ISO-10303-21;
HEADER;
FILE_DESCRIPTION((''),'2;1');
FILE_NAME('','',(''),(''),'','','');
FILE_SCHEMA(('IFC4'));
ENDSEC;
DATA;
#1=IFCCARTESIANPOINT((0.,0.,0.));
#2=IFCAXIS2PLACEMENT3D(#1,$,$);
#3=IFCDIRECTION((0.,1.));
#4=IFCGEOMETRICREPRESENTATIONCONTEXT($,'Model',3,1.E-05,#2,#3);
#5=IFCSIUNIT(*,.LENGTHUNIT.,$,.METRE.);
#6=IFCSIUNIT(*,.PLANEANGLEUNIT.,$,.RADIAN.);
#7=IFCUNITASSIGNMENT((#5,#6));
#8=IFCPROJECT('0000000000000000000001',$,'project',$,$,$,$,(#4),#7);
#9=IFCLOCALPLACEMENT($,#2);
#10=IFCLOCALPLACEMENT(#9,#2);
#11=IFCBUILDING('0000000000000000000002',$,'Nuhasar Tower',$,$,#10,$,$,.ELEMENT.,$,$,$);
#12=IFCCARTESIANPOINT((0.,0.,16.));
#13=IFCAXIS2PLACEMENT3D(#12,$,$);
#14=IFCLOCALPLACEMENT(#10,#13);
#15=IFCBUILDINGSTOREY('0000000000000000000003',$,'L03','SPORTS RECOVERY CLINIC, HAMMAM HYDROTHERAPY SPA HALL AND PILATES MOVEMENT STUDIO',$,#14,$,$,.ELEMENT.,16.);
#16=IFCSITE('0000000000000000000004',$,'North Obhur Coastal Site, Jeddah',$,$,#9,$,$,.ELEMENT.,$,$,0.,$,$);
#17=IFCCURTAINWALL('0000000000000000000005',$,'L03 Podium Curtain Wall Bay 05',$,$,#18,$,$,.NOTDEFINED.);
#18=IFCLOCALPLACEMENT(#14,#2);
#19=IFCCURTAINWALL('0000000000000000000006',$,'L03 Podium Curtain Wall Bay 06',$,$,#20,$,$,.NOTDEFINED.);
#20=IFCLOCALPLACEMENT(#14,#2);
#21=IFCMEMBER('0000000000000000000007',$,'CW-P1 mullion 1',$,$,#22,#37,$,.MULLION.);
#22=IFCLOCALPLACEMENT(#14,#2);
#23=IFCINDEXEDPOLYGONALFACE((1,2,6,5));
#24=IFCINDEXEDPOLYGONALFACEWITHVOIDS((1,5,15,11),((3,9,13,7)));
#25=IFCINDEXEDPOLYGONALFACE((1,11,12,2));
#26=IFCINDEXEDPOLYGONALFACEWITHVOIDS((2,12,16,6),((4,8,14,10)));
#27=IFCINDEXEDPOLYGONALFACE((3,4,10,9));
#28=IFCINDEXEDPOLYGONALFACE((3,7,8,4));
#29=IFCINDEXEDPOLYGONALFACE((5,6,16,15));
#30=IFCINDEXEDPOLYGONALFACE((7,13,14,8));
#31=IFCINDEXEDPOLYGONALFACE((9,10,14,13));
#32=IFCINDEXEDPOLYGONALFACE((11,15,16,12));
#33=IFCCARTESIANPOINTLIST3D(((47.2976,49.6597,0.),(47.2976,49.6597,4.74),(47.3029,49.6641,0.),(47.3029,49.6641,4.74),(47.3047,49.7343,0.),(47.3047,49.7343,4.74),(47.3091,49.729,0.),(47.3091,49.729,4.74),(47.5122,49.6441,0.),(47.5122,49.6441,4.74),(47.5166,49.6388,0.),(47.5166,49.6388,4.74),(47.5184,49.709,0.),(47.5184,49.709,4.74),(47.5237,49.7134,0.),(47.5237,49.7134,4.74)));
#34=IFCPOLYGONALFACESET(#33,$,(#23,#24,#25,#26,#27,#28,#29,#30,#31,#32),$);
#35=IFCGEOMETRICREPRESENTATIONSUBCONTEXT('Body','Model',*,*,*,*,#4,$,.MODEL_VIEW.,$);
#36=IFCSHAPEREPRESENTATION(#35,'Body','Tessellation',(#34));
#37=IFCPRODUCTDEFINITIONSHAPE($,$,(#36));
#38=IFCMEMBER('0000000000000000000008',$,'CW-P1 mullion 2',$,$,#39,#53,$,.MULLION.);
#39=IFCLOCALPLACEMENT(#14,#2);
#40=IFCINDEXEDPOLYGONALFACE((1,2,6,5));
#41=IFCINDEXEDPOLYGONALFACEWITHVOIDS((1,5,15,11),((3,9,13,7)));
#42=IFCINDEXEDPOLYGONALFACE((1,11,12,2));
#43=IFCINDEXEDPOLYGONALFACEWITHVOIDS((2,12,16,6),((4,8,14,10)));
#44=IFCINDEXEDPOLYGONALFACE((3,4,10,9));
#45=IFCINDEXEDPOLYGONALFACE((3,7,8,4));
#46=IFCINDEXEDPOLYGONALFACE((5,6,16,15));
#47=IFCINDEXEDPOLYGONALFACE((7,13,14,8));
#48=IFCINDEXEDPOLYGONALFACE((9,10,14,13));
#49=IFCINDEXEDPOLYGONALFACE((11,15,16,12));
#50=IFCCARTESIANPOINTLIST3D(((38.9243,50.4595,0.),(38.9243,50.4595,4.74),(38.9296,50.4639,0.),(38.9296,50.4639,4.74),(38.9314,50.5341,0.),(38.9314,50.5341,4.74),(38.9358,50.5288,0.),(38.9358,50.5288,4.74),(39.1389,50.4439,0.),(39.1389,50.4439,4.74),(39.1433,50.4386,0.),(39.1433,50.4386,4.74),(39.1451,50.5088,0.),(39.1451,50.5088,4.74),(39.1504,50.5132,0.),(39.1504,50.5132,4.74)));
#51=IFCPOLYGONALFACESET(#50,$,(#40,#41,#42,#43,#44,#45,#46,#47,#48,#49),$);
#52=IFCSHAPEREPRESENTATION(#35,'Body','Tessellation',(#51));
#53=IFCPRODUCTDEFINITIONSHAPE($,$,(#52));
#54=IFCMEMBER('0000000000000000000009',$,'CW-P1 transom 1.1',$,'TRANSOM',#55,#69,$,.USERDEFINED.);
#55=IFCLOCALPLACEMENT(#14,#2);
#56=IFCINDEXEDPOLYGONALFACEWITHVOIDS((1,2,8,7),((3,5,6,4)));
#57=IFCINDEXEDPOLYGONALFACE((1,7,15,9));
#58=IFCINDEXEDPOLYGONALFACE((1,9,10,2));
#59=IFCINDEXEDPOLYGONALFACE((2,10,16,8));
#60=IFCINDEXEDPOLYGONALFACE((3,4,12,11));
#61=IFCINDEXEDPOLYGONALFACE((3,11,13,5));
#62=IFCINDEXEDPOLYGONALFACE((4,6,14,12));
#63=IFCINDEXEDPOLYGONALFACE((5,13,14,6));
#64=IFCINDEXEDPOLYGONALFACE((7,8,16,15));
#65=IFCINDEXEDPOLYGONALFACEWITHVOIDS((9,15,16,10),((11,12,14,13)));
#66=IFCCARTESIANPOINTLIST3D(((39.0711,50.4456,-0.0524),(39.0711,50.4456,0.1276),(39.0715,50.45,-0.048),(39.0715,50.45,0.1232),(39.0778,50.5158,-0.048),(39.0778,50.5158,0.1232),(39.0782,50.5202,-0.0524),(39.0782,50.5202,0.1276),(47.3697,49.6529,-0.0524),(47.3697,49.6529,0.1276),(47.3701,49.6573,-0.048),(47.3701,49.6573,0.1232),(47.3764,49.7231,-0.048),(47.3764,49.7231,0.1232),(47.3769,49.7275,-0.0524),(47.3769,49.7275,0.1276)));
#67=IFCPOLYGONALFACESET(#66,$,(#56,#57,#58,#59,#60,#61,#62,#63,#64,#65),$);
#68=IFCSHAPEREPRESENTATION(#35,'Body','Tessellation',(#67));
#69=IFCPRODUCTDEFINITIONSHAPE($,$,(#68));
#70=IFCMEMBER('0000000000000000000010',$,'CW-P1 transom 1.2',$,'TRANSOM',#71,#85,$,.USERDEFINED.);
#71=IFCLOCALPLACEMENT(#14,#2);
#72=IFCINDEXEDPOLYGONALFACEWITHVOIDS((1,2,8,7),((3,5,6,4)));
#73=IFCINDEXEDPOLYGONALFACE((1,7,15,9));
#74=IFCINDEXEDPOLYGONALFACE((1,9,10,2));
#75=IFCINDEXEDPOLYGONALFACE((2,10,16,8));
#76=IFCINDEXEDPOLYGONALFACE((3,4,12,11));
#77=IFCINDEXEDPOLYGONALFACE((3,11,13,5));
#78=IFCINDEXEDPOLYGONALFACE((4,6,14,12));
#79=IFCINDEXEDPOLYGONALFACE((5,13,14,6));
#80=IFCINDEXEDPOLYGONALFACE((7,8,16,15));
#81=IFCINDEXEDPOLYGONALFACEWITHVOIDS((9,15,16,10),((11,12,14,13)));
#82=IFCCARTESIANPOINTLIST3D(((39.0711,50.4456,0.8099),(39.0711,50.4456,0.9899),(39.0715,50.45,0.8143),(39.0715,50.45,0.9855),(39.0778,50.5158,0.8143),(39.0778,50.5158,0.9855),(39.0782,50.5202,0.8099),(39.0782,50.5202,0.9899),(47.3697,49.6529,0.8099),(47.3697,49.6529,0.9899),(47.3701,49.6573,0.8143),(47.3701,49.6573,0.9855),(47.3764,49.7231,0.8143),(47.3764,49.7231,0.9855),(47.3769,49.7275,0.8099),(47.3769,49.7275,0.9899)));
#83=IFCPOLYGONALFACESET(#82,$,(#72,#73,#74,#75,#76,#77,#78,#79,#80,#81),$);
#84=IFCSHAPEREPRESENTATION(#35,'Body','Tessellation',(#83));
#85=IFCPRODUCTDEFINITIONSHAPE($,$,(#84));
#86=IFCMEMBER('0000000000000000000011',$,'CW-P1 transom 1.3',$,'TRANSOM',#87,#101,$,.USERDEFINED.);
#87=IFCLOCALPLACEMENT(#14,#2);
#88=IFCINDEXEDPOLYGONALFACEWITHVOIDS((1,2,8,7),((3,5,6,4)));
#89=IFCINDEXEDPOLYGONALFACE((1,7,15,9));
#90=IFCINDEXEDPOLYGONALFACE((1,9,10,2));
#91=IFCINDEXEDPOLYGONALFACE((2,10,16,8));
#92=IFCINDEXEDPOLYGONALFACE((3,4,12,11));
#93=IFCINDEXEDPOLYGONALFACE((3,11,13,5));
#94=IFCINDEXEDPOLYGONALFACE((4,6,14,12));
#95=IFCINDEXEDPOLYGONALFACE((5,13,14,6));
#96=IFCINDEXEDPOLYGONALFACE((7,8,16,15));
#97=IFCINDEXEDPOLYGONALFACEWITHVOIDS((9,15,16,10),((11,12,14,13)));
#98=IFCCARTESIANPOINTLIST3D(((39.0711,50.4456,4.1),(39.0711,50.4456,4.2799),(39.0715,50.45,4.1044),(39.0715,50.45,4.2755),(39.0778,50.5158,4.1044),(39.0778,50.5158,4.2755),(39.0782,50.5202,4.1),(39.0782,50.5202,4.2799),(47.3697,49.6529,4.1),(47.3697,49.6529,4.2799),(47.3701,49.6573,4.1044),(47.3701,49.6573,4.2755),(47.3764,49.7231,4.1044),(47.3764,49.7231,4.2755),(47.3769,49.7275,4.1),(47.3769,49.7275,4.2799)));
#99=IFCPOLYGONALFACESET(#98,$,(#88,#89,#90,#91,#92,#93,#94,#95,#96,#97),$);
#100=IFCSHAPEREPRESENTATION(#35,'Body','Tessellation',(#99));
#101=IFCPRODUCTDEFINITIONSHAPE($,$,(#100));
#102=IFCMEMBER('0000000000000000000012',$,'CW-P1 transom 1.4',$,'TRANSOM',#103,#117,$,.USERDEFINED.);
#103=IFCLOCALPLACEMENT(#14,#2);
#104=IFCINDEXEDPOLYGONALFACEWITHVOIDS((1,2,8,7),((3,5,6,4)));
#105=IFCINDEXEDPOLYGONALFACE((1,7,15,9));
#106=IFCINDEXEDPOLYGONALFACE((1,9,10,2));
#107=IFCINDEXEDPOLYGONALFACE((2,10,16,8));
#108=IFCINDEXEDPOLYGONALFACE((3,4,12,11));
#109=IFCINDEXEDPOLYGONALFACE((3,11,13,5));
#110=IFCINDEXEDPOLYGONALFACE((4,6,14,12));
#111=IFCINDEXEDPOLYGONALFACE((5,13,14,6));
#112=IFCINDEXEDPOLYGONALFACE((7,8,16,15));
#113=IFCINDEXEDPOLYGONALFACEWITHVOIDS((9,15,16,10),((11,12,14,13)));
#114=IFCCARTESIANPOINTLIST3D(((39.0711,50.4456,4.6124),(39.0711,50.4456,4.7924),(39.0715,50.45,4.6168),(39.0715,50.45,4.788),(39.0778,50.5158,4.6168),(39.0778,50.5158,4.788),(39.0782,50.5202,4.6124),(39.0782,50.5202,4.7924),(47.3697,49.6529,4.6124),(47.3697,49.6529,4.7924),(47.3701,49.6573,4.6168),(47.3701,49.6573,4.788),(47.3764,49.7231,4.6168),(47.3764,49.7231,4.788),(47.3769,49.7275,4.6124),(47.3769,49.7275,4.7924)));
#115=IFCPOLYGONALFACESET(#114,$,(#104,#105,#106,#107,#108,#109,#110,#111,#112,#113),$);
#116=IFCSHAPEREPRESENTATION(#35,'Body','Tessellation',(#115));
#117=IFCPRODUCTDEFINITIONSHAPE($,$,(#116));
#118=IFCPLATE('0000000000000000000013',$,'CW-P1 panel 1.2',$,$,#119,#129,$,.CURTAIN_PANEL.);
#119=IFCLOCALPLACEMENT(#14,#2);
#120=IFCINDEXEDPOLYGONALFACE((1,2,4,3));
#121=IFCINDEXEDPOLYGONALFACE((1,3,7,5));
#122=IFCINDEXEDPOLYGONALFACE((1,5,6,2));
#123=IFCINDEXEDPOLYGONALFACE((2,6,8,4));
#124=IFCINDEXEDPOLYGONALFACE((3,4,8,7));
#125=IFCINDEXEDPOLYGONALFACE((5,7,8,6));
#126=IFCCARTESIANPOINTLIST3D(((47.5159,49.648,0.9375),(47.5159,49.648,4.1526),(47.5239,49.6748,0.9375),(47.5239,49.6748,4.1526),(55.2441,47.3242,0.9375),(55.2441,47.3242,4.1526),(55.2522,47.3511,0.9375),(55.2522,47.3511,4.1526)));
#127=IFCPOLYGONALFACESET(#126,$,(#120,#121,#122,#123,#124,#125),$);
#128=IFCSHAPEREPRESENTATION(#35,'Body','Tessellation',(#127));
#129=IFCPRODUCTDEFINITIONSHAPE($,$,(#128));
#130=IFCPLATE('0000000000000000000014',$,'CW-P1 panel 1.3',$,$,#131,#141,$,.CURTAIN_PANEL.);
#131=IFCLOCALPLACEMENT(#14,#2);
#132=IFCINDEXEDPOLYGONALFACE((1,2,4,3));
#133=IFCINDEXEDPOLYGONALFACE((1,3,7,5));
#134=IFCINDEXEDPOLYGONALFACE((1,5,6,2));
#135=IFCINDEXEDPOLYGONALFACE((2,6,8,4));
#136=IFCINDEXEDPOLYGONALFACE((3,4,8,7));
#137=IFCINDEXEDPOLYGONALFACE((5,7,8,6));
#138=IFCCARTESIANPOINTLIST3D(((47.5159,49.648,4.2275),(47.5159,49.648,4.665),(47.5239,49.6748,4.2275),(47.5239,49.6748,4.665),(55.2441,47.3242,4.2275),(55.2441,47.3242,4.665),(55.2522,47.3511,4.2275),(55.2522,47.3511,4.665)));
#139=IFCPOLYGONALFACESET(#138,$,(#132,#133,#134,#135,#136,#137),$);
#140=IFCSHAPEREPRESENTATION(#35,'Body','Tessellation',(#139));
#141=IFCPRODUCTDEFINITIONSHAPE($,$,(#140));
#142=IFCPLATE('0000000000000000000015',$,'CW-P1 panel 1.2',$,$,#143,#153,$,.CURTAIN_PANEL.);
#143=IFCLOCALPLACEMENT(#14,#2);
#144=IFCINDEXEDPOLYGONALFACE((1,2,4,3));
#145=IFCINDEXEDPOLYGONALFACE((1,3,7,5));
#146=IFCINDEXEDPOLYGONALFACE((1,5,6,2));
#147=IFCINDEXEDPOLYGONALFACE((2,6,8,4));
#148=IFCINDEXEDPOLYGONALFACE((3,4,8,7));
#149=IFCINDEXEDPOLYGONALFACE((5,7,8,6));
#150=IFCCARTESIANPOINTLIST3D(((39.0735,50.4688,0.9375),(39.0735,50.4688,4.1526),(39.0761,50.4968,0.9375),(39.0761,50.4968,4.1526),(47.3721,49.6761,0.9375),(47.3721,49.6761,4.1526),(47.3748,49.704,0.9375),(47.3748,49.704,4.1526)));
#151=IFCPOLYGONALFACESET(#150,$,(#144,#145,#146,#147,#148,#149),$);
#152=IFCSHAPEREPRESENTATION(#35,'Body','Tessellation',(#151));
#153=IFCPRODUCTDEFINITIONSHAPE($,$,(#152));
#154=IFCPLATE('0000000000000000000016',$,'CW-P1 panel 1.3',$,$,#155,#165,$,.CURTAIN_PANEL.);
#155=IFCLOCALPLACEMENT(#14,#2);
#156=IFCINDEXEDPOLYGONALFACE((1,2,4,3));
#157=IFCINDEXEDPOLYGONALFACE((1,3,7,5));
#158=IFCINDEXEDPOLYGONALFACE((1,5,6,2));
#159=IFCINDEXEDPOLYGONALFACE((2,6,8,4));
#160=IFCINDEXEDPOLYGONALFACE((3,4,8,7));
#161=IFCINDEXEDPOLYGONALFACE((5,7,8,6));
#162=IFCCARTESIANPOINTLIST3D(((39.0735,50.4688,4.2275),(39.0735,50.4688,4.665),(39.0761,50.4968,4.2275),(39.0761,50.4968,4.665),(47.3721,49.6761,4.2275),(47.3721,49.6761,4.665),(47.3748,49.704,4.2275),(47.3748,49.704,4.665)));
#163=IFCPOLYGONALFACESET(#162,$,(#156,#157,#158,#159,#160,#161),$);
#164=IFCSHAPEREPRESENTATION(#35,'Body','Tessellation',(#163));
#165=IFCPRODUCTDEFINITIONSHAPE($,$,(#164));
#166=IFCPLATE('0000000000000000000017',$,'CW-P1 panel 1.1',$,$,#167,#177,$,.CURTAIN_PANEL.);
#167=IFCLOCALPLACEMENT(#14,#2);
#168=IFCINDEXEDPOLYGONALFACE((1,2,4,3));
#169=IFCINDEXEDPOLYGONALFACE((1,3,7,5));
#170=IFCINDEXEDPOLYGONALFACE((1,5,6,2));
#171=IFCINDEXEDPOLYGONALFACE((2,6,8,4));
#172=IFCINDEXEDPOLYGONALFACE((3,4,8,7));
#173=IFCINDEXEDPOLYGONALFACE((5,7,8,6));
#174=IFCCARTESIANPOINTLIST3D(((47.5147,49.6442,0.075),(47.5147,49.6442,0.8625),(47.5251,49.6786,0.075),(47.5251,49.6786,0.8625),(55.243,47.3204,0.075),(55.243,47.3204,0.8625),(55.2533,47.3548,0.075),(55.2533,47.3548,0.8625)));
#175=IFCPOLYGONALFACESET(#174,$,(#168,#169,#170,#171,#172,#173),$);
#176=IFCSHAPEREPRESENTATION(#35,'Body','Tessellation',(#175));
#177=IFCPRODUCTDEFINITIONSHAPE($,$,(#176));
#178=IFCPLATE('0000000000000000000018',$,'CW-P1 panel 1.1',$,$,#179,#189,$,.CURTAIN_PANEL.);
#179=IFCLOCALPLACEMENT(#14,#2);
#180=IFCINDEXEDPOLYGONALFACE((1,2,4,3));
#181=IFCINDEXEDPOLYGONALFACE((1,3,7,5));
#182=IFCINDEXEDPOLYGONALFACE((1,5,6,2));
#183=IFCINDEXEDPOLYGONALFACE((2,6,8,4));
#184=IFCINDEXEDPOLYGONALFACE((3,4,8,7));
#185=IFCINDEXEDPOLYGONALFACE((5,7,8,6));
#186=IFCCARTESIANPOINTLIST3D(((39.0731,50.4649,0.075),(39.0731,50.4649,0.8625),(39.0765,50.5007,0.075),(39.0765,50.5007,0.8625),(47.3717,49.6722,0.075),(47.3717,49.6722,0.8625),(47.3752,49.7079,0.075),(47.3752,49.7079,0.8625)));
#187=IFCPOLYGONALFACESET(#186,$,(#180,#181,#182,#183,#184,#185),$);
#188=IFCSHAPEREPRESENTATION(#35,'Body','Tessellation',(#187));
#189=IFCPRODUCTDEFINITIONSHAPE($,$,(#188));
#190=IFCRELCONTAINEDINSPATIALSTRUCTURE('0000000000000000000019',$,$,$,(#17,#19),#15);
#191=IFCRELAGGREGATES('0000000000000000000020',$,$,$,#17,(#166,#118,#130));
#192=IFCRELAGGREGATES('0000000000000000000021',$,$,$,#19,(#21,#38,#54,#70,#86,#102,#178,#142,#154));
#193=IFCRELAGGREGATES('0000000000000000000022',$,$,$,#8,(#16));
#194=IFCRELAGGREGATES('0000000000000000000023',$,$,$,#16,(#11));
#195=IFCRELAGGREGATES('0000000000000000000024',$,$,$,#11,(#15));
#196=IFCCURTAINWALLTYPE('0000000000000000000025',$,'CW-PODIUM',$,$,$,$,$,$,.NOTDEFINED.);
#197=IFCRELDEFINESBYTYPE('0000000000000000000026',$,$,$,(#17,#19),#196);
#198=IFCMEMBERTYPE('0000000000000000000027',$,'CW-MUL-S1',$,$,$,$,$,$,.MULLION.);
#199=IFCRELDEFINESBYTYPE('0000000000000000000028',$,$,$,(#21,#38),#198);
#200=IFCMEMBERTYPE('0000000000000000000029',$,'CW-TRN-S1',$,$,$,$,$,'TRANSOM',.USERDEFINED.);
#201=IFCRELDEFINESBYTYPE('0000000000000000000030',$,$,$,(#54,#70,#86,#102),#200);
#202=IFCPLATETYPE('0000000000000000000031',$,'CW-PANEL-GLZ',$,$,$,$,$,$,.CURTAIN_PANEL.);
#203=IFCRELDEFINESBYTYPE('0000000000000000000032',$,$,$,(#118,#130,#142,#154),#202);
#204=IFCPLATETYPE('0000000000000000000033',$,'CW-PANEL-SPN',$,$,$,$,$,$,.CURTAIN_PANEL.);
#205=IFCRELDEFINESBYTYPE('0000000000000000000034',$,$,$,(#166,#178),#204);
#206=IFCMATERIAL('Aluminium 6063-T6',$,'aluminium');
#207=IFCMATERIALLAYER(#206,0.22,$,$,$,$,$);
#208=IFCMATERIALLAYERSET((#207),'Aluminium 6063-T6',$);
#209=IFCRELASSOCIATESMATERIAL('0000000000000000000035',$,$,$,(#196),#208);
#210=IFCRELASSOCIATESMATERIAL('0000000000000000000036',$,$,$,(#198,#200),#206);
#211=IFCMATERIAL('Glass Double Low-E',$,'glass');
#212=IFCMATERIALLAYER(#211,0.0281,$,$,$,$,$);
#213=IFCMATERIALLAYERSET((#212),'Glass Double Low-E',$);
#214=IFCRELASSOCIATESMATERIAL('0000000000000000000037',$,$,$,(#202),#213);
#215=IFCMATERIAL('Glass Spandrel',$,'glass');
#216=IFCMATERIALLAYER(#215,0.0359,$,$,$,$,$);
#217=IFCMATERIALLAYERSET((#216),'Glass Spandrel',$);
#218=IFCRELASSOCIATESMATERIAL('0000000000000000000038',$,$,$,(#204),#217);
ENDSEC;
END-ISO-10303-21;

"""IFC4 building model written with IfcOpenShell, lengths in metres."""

from ifc_helpers import new_model, si_unit, direction, frame, origin, origin_2d, place, context, subcontext, project, spatial, rectangle, hollow_rectangle, extrude, material, layer, layer_set, material_profile, profile_set, type_object, element, aggregate, save


model = new_model("IFC4")

# Units and contexts
model_context = context("Model", 3, precision=1e-05, world=origin(), true_north=direction((0.0, 1.0)))
body_context = subcontext(model_context, "Body", "Model", "MODEL_VIEW")
ifc_project = project(units=[si_unit("LENGTHUNIT", "METRE"), si_unit("PLANEANGLEUNIT", "RADIAN")], contexts=[model_context])

# Site, building, storey
site_placement = place(None, origin())
site = spatial("IfcSite", under=ifc_project, at=site_placement, Name="North Obhur Coastal Site, Jeddah", CompositionType="ELEMENT", RefElevation=0.0)
building_placement = place(site_placement, origin())
building = spatial("IfcBuilding", under=site, at=building_placement, Name="Nuhasar Tower", CompositionType="ELEMENT")
storey_placement = place(building_placement, frame((0.0, 0.0, 16.0)))
storey = spatial("IfcBuildingStorey", under=building, at=storey_placement, Name="L03", Description="SPORTS RECOVERY CLINIC, HAMMAM HYDROTHERAPY SPA HALL AND PILATES MOVEMENT STUDIO", CompositionType="ELEMENT", Elevation=16.0)

# Curtain wall
ifc_material_1 = material(Name="Aluminium 6063-T6", Category="aluminium")
ifc_layer_1 = layer(ifc_material_1, 0.22)
ifc_layer_set_1 = layer_set([ifc_layer_1], Name="Aluminium 6063-T6")
curtain_wall_type = type_object("IfcCurtainWallType", Name="CW-PODIUM", PredefinedType="NOTDEFINED", material=ifc_layer_set_1)
curtain_wall_1_placement = place(storey_placement, origin())
curtain_wall_1 = element("IfcCurtainWall", 1, at=curtain_wall_1_placement, inside=storey, type_object=curtain_wall_type, Name="L03 Podium Curtain Wall Bay 05", PredefinedType="NOTDEFINED")
ifc_material_profile_1 = material_profile(ifc_material_1, hollow_rectangle(XDim=0.075, YDim=0.22, WallThickness=0.0049, at=origin_2d()), Name="CWM-1")
ifc_profile_set_1 = profile_set([ifc_material_profile_1], Name="Aluminium 6063-T6")
member_type_1 = type_object("IfcMemberType", Name="CW-MUL-S1", PredefinedType="MULLION", material=ifc_profile_set_1)

# Curtain wall, members
curtain_wall_2_placement = place(storey_placement, origin())
curtain_wall_2 = element("IfcCurtainWall", 2, at=curtain_wall_2_placement, inside=storey, type_object=curtain_wall_type, Name="L03 Podium Curtain Wall Bay 06", PredefinedType="NOTDEFINED")
member_1_placement = place(storey_placement, frame((47.4106, 49.6865, 0.0), z_axis=(0.0, 0.0, 1.0), x_axis=(-0.095093, -0.995468, 0.0)))
member_1 = element("IfcMember", 3, at=member_1_placement, type_object=member_type_1, Name="CW-P1 mullion 1", PredefinedType="MULLION", context=body_context, shape_type="SweptSolid", body=[
    extrude(hollow_rectangle(XDim=0.075, YDim=0.22, WallThickness=0.0049, at=origin_2d()), origin(), (0.0, 0.0, 1.0), 4.74),
])
member_2_placement = place(storey_placement, frame((39.0374, 50.4863, 0.0), z_axis=(0.0, 0.0, 1.0), x_axis=(-0.095093, -0.995468, 0.0)))
member_2 = element("IfcMember", 4, at=member_2_placement, type_object=member_type_1, Name="CW-P1 mullion 2", PredefinedType="MULLION", context=body_context, shape_type="SweptSolid", body=[
    extrude(hollow_rectangle(XDim=0.075, YDim=0.22, WallThickness=0.0049, at=origin_2d()), origin(), (0.0, 0.0, 1.0), 4.74),
])
ifc_material_profile_2 = material_profile(ifc_material_1, hollow_rectangle(XDim=0.075, YDim=0.1799, WallThickness=0.0044, at=origin_2d()), Name="CWT-1")
ifc_profile_set_2 = profile_set([ifc_material_profile_2], Name="Aluminium 6063-T6")
member_type_2 = type_object("IfcMemberType", Name="CW-TRN-S1", ElementType="TRANSOM", PredefinedType="USERDEFINED", material=ifc_profile_set_2)
member_3_placement = place(storey_placement, frame((47.3733, 49.6902, 0.0376), z_axis=(-0.995468, 0.095092, 0.0), x_axis=(-0.095092, -0.995468, 0.0)))
member_3 = element("IfcMember", 5, at=member_3_placement, type_object=member_type_2, Name="CW-P1 transom 1.1", ObjectType="TRANSOM", PredefinedType="USERDEFINED", context=body_context, shape_type="SweptSolid", body=[
    extrude(hollow_rectangle(XDim=0.075, YDim=0.1799, WallThickness=0.0044, at=origin_2d()), origin(), (0.0, 0.0, 1.0), 8.3364),
])
member_4_placement = place(storey_placement, frame((47.3733, 49.6902, 0.8999), z_axis=(-0.995468, 0.095092, 0.0), x_axis=(-0.095092, -0.995468, 0.0)))
member_4 = element("IfcMember", 6, at=member_4_placement, type_object=member_type_2, Name="CW-P1 transom 1.2", ObjectType="TRANSOM", PredefinedType="USERDEFINED", context=body_context, shape_type="SweptSolid", body=[
    extrude(hollow_rectangle(XDim=0.075, YDim=0.1799, WallThickness=0.0044, at=origin_2d()), origin(), (0.0, 0.0, 1.0), 8.3364),
])
member_5_placement = place(storey_placement, frame((47.3733, 49.6902, 4.1899), z_axis=(-0.995468, 0.095092, 0.0), x_axis=(-0.095092, -0.995468, 0.0)))
member_5 = element("IfcMember", 7, at=member_5_placement, type_object=member_type_2, Name="CW-P1 transom 1.3", ObjectType="TRANSOM", PredefinedType="USERDEFINED", context=body_context, shape_type="SweptSolid", body=[
    extrude(hollow_rectangle(XDim=0.075, YDim=0.1799, WallThickness=0.0044, at=origin_2d()), origin(), (0.0, 0.0, 1.0), 8.3364),
])
member_6_placement = place(storey_placement, frame((47.3733, 49.6902, 4.7024), z_axis=(-0.995468, 0.095092, 0.0), x_axis=(-0.095092, -0.995468, 0.0)))
member_6 = element("IfcMember", 8, at=member_6_placement, type_object=member_type_2, Name="CW-P1 transom 1.4", ObjectType="TRANSOM", PredefinedType="USERDEFINED", context=body_context, shape_type="SweptSolid", body=[
    extrude(hollow_rectangle(XDim=0.075, YDim=0.1799, WallThickness=0.0044, at=origin_2d()), origin(), (0.0, 0.0, 1.0), 8.3364),
])

# Plates
ifc_material_2 = material(Name="Glass Double Low-E", Category="glass")
ifc_layer_2 = layer(ifc_material_2, 0.0281)
ifc_layer_set_2 = layer_set([ifc_layer_2], Name="Glass Double Low-E")
plate_type_1 = type_object("IfcPlateType", Name="CW-PANEL-GLZ", PredefinedType="CURTAIN_PANEL", material=ifc_layer_set_2)
plate_1_placement = place(storey_placement, frame((51.384, 48.4995, 0.9375), z_axis=(0.0, 0.0, 1.0), x_axis=(-0.957645, 0.287951, 0.0)))
plate_1 = element("IfcPlate", 9, at=plate_1_placement, type_object=plate_type_1, Name="CW-P1 panel 1.2", PredefinedType="CURTAIN_PANEL", context=body_context, shape_type="SweptSolid", body=[
    extrude(rectangle(XDim=8.0701, YDim=0.0281, at=origin_2d()), origin(), (0.0, 0.0, 1.0), 3.2151),
])
plate_2_placement = place(storey_placement, frame((51.384, 48.4995, 4.2275), z_axis=(0.0, 0.0, 1.0), x_axis=(-0.957645, 0.287951, 0.0)))
plate_2 = element("IfcPlate", 10, at=plate_2_placement, type_object=plate_type_1, Name="CW-P1 panel 1.3", PredefinedType="CURTAIN_PANEL", context=body_context, shape_type="SweptSolid", body=[
    extrude(rectangle(XDim=8.0701, YDim=0.0281, at=origin_2d()), origin(), (0.0, 0.0, 1.0), 0.4375),
])
plate_3_placement = place(storey_placement, frame((43.2241, 50.0864, 0.9375), z_axis=(0.0, 0.0, 1.0), x_axis=(-0.995468, 0.095093, 0.0)))
plate_3 = element("IfcPlate", 11, at=plate_3_placement, type_object=plate_type_1, Name="CW-P1 panel 1.2", PredefinedType="CURTAIN_PANEL", context=body_context, shape_type="SweptSolid", body=[
    extrude(rectangle(XDim=8.3364, YDim=0.0281, at=origin_2d()), origin(), (0.0, 0.0, 1.0), 3.2151),
])
plate_4_placement = place(storey_placement, frame((43.2241, 50.0864, 4.2275), z_axis=(0.0, 0.0, 1.0), x_axis=(-0.995468, 0.095093, 0.0)))
plate_4 = element("IfcPlate", 12, at=plate_4_placement, type_object=plate_type_1, Name="CW-P1 panel 1.3", PredefinedType="CURTAIN_PANEL", context=body_context, shape_type="SweptSolid", body=[
    extrude(rectangle(XDim=8.3364, YDim=0.0281, at=origin_2d()), origin(), (0.0, 0.0, 1.0), 0.4375),
])
ifc_material_3 = material(Name="Glass Spandrel", Category="glass")
ifc_layer_3 = layer(ifc_material_3, 0.0359)
ifc_layer_set_3 = layer_set([ifc_layer_3], Name="Glass Spandrel")
plate_type_2 = type_object("IfcPlateType", Name="CW-PANEL-SPN", PredefinedType="CURTAIN_PANEL", material=ifc_layer_set_3)
plate_5_placement = place(storey_placement, frame((51.384, 48.4995, 0.075), z_axis=(0.0, 0.0, 1.0), x_axis=(-0.957645, 0.287951, 0.0)))
plate_5 = element("IfcPlate", 13, at=plate_5_placement, type_object=plate_type_2, Name="CW-P1 panel 1.1", PredefinedType="CURTAIN_PANEL", context=body_context, shape_type="SweptSolid", body=[
    extrude(rectangle(XDim=8.0701, YDim=0.0359, at=origin_2d()), origin(), (0.0, 0.0, 1.0), 0.7876),
])
aggregate(curtain_wall_1, [plate_5, plate_1, plate_2])
plate_6_placement = place(storey_placement, frame((43.2241, 50.0864, 0.075), z_axis=(0.0, 0.0, 1.0), x_axis=(-0.995468, 0.095093, 0.0)))
plate_6 = element("IfcPlate", 14, at=plate_6_placement, type_object=plate_type_2, Name="CW-P1 panel 1.1", PredefinedType="CURTAIN_PANEL", context=body_context, shape_type="SweptSolid", body=[
    extrude(rectangle(XDim=8.3364, YDim=0.0359, at=origin_2d()), origin(), (0.0, 0.0, 1.0), 0.7876),
])
aggregate(curtain_wall_2, [member_1, member_2, member_3, member_4, member_5, member_6, plate_6, plate_3, plate_4])

save(model, "model.ifc")
